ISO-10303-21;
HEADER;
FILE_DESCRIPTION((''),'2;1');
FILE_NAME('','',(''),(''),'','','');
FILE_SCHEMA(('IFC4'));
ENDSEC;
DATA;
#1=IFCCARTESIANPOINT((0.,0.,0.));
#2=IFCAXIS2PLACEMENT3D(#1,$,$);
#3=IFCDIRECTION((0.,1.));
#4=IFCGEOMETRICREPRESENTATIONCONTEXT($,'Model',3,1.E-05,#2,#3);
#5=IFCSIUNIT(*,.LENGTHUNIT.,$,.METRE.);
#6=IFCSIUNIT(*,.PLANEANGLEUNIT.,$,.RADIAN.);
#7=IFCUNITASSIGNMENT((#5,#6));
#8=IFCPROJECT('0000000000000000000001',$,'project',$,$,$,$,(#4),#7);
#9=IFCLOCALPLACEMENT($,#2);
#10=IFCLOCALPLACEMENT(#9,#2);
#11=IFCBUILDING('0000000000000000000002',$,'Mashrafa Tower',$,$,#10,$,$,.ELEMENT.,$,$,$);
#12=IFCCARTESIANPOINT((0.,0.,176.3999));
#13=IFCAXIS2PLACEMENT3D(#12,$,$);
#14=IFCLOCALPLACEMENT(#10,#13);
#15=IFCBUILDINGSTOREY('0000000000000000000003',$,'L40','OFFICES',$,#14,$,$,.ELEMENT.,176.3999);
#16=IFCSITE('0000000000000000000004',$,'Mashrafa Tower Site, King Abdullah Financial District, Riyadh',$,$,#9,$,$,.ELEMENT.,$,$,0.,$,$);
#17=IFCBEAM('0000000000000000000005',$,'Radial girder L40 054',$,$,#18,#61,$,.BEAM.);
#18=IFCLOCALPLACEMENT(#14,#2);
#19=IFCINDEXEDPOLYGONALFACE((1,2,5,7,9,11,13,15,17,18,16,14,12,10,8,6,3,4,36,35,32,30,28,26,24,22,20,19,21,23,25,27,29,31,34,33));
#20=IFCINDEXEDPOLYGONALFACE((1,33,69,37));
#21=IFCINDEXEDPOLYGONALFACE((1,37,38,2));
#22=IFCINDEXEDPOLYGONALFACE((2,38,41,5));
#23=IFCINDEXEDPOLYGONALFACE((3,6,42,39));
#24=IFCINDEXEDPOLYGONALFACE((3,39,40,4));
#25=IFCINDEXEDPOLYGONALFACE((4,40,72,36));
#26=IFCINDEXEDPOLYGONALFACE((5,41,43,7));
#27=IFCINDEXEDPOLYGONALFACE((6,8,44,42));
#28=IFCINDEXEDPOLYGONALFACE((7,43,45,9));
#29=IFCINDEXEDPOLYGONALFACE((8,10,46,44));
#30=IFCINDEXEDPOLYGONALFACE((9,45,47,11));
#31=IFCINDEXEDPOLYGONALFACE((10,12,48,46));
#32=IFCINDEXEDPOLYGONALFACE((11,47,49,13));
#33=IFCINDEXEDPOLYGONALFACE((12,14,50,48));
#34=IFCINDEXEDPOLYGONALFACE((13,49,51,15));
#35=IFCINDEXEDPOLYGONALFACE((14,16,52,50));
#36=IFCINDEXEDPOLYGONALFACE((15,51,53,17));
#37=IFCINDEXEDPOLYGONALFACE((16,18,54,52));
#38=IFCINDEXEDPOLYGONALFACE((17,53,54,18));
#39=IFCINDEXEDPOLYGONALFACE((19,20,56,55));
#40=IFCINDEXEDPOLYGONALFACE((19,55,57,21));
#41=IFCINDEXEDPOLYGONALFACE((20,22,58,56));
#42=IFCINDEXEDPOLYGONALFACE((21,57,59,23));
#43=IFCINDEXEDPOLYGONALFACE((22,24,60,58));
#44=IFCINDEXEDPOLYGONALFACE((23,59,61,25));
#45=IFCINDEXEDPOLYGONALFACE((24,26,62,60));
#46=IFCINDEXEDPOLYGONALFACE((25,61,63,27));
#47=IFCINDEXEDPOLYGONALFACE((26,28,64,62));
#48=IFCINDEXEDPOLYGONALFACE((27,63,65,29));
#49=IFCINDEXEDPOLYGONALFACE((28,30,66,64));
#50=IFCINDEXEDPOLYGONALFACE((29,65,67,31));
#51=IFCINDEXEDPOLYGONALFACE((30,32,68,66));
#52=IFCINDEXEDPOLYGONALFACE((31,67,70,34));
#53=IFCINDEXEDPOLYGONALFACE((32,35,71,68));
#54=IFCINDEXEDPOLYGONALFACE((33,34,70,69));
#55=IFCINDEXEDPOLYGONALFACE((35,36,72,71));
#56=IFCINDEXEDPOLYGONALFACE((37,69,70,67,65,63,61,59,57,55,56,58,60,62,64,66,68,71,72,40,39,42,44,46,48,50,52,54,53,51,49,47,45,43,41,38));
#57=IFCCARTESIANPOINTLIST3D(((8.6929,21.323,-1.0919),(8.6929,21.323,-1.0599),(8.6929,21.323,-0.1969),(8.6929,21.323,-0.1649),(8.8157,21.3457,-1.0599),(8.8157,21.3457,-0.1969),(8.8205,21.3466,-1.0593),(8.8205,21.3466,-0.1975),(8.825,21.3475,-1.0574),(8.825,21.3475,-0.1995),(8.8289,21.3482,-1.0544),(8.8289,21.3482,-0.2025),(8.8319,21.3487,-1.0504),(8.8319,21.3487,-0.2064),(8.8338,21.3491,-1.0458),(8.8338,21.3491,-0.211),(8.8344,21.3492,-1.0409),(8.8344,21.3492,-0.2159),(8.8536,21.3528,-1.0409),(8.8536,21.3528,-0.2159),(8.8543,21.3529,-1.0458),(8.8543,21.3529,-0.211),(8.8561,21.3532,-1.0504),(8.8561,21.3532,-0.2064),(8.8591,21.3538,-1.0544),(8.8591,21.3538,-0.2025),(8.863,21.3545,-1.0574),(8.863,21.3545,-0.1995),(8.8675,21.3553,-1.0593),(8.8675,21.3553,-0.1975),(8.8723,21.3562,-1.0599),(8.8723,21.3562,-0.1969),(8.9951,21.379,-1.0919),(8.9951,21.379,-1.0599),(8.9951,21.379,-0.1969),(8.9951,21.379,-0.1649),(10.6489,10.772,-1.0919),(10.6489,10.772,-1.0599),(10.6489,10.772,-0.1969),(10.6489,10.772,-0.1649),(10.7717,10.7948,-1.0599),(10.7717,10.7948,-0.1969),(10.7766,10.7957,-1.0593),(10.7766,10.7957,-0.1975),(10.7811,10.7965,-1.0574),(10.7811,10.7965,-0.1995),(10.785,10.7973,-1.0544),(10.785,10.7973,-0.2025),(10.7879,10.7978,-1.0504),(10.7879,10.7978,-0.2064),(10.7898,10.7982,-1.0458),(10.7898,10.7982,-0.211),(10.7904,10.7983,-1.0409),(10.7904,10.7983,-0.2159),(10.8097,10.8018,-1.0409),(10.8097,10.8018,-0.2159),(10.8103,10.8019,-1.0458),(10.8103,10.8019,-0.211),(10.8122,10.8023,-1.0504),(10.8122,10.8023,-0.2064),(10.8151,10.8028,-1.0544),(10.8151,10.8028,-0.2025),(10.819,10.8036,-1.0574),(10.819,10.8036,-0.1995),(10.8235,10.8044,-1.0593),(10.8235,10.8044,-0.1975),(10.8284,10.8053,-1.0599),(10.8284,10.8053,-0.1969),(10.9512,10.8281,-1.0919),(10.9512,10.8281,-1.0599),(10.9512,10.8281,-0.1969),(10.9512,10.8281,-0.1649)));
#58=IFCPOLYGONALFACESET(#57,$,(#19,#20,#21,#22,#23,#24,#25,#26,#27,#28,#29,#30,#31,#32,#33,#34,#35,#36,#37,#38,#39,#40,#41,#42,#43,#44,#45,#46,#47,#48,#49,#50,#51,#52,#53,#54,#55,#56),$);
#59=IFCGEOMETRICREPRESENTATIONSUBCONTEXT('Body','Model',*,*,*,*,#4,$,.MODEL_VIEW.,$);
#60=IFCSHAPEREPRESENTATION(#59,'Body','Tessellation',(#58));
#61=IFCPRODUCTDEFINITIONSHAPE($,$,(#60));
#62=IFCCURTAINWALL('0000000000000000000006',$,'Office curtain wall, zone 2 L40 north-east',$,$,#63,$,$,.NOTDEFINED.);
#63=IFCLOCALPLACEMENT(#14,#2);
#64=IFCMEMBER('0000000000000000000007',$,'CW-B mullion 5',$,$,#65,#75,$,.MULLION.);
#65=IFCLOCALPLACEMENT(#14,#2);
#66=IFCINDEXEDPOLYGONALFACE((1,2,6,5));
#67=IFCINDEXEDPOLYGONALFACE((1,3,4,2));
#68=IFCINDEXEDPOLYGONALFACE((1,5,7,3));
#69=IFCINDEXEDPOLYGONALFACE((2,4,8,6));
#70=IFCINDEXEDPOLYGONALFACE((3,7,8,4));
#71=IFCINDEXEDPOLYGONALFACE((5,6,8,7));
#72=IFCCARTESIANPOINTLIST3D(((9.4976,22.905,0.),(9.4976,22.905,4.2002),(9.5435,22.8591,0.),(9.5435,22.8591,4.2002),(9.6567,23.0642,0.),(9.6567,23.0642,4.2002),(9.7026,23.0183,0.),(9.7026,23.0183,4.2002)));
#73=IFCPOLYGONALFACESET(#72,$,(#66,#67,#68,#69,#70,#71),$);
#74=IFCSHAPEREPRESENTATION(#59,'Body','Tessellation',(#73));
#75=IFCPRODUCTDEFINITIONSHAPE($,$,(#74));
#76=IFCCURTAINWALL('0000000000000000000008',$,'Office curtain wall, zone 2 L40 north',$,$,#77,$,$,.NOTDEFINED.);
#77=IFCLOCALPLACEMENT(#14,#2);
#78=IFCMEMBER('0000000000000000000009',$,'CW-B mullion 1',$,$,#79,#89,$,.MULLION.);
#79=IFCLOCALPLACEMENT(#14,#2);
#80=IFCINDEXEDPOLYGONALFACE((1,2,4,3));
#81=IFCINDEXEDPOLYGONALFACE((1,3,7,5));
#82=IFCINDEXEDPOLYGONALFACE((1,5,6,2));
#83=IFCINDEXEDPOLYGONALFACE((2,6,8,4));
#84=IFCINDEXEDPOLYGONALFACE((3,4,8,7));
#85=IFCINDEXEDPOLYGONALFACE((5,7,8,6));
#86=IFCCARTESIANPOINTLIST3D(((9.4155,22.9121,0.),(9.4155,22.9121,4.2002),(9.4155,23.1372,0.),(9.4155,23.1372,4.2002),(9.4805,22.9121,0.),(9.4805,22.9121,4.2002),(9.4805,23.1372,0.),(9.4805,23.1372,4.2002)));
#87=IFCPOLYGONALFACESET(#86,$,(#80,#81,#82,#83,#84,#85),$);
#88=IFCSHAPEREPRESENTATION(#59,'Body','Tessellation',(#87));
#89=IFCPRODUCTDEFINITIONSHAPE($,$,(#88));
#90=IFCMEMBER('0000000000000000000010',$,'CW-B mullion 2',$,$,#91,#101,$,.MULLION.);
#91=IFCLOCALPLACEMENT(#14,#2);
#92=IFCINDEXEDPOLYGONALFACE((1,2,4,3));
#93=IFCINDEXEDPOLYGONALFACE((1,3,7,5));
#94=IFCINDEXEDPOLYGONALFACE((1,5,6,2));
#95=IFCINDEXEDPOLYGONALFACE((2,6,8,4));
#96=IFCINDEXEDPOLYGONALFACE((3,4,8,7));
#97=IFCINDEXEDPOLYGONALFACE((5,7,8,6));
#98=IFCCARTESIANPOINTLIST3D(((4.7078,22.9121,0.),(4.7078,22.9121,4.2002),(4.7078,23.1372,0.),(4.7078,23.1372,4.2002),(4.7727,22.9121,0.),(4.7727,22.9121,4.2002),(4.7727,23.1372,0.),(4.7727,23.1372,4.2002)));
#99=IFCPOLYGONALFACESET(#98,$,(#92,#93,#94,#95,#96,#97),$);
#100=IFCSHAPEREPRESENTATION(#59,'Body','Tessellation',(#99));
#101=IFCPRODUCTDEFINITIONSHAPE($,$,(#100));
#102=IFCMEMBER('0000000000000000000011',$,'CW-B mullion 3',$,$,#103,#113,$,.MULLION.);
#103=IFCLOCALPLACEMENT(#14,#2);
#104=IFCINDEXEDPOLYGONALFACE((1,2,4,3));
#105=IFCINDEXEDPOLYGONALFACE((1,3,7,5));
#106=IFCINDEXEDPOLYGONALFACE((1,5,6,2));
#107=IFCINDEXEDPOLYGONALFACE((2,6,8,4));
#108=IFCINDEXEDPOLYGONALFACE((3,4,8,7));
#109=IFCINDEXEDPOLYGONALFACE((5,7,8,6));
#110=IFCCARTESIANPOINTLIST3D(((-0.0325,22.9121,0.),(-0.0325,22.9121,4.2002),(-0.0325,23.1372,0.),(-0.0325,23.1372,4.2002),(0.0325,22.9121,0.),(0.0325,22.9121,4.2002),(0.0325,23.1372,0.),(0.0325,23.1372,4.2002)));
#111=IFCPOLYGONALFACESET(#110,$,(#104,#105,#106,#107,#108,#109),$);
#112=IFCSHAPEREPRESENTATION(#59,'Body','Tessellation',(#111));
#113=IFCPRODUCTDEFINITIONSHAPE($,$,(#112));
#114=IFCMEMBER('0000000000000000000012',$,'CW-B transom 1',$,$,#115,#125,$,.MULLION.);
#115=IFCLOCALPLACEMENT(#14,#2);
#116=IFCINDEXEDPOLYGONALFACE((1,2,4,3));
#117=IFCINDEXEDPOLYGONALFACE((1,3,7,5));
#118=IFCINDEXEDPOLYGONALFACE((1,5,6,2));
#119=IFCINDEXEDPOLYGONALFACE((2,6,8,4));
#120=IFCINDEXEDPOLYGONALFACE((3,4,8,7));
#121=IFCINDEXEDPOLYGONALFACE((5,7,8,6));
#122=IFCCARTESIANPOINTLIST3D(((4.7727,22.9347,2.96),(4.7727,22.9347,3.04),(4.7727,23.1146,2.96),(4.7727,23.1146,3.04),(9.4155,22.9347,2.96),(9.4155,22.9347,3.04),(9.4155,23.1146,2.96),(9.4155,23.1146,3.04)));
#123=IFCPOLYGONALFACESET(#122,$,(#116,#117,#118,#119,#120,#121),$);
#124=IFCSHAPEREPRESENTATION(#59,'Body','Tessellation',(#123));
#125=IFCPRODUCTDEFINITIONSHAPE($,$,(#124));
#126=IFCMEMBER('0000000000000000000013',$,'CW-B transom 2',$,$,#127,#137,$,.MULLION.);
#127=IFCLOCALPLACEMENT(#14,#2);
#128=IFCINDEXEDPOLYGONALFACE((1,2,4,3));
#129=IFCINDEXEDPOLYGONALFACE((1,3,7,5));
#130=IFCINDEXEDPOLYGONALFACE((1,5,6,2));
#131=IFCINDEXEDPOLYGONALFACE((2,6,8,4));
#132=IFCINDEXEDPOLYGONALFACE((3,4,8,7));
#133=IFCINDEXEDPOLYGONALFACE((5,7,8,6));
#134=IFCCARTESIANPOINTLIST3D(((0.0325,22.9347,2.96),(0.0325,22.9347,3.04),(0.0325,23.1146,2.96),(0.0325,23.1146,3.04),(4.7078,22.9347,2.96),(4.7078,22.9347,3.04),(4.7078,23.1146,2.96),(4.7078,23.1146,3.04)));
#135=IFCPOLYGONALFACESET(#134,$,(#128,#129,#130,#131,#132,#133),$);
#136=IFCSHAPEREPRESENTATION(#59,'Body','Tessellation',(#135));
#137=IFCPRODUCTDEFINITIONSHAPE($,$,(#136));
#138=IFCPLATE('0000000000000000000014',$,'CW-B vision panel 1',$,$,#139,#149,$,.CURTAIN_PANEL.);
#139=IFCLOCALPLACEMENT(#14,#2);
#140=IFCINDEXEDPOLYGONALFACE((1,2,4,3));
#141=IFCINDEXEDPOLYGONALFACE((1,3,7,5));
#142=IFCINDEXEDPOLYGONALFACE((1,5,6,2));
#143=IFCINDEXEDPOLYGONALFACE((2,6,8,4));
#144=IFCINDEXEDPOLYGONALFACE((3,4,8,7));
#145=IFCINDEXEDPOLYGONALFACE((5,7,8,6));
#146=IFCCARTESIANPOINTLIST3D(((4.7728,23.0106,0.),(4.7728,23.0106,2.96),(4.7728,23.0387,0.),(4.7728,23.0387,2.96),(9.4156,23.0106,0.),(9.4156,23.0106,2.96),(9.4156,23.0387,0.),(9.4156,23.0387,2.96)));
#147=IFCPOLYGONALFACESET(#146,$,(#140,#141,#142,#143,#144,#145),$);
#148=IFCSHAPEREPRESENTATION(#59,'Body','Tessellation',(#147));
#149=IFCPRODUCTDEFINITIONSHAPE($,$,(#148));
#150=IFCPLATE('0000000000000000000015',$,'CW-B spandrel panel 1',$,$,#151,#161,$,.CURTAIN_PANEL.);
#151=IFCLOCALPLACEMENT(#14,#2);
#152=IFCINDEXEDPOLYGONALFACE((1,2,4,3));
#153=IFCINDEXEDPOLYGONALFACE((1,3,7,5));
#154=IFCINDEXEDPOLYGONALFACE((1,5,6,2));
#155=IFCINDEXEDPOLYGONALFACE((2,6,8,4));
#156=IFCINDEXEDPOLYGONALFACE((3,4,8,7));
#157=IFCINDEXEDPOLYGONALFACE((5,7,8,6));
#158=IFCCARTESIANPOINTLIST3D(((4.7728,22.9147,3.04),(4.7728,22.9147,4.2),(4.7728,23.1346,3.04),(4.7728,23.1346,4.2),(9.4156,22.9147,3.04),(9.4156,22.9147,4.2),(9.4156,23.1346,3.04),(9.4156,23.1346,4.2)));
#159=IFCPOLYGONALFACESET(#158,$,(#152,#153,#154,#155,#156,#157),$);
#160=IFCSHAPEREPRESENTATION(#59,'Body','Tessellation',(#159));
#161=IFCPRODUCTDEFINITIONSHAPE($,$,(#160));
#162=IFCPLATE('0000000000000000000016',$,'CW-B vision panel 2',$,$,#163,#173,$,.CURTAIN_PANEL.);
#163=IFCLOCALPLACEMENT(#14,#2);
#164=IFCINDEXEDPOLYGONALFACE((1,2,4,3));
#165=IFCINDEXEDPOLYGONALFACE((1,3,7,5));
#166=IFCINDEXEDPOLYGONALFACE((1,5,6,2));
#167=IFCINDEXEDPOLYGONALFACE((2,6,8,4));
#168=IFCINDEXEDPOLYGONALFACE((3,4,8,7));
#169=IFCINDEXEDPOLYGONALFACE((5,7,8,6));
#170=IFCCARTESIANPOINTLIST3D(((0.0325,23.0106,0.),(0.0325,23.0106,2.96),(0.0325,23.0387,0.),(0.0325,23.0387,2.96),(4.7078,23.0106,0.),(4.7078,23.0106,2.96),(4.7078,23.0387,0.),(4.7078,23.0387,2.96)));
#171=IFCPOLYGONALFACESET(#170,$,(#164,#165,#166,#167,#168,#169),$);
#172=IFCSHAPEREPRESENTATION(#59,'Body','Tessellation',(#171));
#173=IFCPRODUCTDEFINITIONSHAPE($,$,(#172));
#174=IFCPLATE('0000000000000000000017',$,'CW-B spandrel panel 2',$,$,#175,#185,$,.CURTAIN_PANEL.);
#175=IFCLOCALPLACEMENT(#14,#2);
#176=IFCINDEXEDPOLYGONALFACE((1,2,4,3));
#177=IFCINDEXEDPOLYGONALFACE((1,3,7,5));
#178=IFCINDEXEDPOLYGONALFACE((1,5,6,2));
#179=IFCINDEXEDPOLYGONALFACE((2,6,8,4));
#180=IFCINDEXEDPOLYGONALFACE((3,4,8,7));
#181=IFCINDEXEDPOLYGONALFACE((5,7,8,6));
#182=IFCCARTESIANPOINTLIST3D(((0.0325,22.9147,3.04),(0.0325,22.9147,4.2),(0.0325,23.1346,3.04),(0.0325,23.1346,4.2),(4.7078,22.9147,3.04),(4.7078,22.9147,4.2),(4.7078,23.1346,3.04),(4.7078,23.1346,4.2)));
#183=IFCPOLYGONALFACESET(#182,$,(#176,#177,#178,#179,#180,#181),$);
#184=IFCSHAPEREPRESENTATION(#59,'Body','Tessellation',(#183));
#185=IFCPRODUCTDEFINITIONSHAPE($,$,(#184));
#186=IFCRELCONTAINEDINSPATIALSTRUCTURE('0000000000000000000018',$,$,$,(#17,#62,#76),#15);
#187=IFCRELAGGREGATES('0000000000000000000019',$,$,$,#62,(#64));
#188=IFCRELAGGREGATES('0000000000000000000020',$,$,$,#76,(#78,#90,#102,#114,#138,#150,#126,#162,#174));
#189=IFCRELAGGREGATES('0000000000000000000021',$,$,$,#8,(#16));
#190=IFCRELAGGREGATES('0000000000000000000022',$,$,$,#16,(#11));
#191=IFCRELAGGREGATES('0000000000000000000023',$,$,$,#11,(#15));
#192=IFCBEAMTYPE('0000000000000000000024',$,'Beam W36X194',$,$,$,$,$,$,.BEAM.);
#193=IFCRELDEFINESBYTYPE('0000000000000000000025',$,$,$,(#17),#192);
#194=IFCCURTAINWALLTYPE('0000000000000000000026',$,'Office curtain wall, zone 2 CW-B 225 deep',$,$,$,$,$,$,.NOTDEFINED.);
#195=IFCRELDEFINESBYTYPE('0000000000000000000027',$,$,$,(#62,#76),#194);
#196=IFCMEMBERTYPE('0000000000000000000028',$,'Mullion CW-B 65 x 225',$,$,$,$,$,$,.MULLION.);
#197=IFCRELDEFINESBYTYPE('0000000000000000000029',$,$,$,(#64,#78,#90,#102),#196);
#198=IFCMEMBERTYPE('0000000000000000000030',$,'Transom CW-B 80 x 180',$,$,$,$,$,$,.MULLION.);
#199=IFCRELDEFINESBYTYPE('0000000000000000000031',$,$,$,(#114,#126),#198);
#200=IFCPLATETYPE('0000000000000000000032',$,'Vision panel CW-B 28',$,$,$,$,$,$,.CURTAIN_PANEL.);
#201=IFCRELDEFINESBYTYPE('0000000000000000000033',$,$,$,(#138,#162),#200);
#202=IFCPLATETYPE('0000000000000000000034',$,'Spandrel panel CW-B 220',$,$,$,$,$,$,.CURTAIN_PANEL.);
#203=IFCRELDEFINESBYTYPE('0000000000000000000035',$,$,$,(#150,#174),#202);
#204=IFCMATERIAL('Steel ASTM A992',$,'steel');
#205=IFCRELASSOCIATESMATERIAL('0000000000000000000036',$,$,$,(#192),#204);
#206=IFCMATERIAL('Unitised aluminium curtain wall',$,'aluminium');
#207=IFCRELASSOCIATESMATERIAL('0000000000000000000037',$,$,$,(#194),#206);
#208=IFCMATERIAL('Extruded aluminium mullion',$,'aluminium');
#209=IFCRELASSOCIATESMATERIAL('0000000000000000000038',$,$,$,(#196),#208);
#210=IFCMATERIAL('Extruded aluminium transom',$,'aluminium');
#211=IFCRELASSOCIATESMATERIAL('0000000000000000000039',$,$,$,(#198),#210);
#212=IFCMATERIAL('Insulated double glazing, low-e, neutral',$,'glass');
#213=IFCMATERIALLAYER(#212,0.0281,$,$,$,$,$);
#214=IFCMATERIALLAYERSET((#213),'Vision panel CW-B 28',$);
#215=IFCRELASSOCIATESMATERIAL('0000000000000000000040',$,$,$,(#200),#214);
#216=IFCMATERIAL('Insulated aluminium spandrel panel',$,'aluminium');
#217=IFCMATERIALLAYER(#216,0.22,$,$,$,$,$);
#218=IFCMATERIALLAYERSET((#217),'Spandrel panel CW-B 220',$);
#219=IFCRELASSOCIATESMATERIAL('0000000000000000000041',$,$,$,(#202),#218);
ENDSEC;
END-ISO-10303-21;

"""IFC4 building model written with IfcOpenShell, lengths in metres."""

from ifc_helpers import new_model, si_unit, direction, frame, origin, origin_2d, place, context, subcontext, project, spatial, rectangle, i_section, extrude, source, transform, mapped, material, layer, layer_set, material_profile, profile_set, type_object, type_shapes, element, aggregate, save


model = new_model("IFC4")

# Units and contexts
model_context = context("Model", 3, precision=1e-05, world=origin(), true_north=direction((0.0, 1.0)))
body_context = subcontext(model_context, "Body", "Model", "MODEL_VIEW")
ifc_project = project(units=[si_unit("LENGTHUNIT", "METRE"), si_unit("PLANEANGLEUNIT", "RADIAN")], contexts=[model_context])

# Site, building, storey
site_placement = place(None, origin())
site = spatial("IfcSite", under=ifc_project, at=site_placement, Name="Mashrafa Tower Site, King Abdullah Financial District, Riyadh", CompositionType="ELEMENT", RefElevation=0.0)
building_placement = place(site_placement, origin())
building = spatial("IfcBuilding", under=site, at=building_placement, Name="Mashrafa Tower", CompositionType="ELEMENT")
storey_placement = place(building_placement, frame((0.0, 0.0, 176.3999)))
storey = spatial("IfcBuildingStorey", under=building, at=storey_placement, Name="L40", Description="OFFICES", CompositionType="ELEMENT", Elevation=176.3999)

# Beam
ifc_material_1 = material(Name="Steel ASTM A992", Category="steel")
ifc_material_profile_1 = material_profile(ifc_material_1, i_section(OverallWidth=0.3074, OverallDepth=0.927, WebThickness=0.0195, FlangeThickness=0.032, FilletRadius=0.019, at=origin_2d()), Name="W36X194")
ifc_profile_set_1 = profile_set([ifc_material_profile_1], Name="Steel ASTM A992")
beam_type_1 = type_object("IfcBeamType", Name="Beam W36X194", PredefinedType="BEAM", material=ifc_profile_set_1)
beam_1_placement = place(storey_placement, frame((10.8, 10.8, -0.6284), z_axis=(-0.182284, 0.983246, 0.0), x_axis=(-0.983246, -0.182284, 0.0)))
element("IfcBeam", 1, at=beam_1_placement, inside=storey, type_object=beam_type_1, Name="Radial girder L40 054", PredefinedType="BEAM", context=body_context, shape_type="SweptSolid", body=[
    extrude(i_section(OverallWidth=0.3074, OverallDepth=0.927, WebThickness=0.0195, FlangeThickness=0.032, FilletRadius=0.019, at=origin_2d()), origin(), (0.0, 0.0, 1.0), 10.7307),
])

# Curtain wall, member
ifc_material_2 = material(Name="Unitised aluminium curtain wall", Category="aluminium")
curtain_wall_type = type_object("IfcCurtainWallType", Name="Office curtain wall, zone 2 CW-B 225 deep", PredefinedType="NOTDEFINED", material=ifc_material_2)
curtain_wall_1_placement = place(storey_placement, origin())
curtain_wall_1 = element("IfcCurtainWall", 2, at=curtain_wall_1_placement, inside=storey, type_object=curtain_wall_type, Name="Office curtain wall, zone 2 L40 north-east", PredefinedType="NOTDEFINED")
ifc_material_3 = material(Name="Extruded aluminium mullion", Category="aluminium")
ifc_material_profile_2 = material_profile(ifc_material_3, rectangle(XDim=0.2251, YDim=0.0649, at=origin_2d()), Name="Mullion 65x225")
ifc_profile_set_2 = profile_set([ifc_material_profile_2], Name="Extruded aluminium mullion")
member_type_1 = type_object("IfcMemberType", Name="Mullion CW-B 65 x 225", PredefinedType="MULLION", material=ifc_profile_set_2)
shared_shape_1 = source(origin(), body_context, "Body", "SweptSolid", [
    extrude(rectangle(XDim=0.2251, YDim=0.0649, at=origin_2d()), origin(), (0.0, 0.0, 1.0), 4.2002),
])
type_shapes(member_type_1, [shared_shape_1])
member_1_placement = place(storey_placement, frame((9.6001, 22.9617, 0.0), z_axis=(0.0, 0.0, 1.0), x_axis=(-0.707107, -0.707107, 0.0)))
member_1 = element("IfcMember", 3, at=member_1_placement, type_object=member_type_1, Name="CW-B mullion 5", PredefinedType="MULLION", context=body_context, shape_type="MappedRepresentation", body=[
    mapped(shared_shape_1, transform((0.0, 0.0, 0.0))),
])
aggregate(curtain_wall_1, [member_1])

# Curtain wall, members, plates
curtain_wall_2_placement = place(storey_placement, origin())
curtain_wall_2 = element("IfcCurtainWall", 4, at=curtain_wall_2_placement, inside=storey, type_object=curtain_wall_type, Name="Office curtain wall, zone 2 L40 north", PredefinedType="NOTDEFINED")
member_2_placement = place(storey_placement, frame((9.448, 23.0247, 0.0), z_axis=(0.0, 0.0, 1.0), x_axis=(0.0, -1.0, 0.0)))
member_2 = element("IfcMember", 5, at=member_2_placement, type_object=member_type_1, Name="CW-B mullion 1", PredefinedType="MULLION", context=body_context, shape_type="MappedRepresentation", body=[
    mapped(shared_shape_1, transform((0.0, 0.0, 0.0))),
])
member_3_placement = place(storey_placement, frame((4.7402, 23.0247, 0.0), z_axis=(0.0, 0.0, 1.0), x_axis=(0.0, -1.0, 0.0)))
member_3 = element("IfcMember", 6, at=member_3_placement, type_object=member_type_1, Name="CW-B mullion 2", PredefinedType="MULLION", context=body_context, shape_type="MappedRepresentation", body=[
    mapped(shared_shape_1, transform((0.0, 0.0, 0.0))),
])
member_4_placement = place(storey_placement, frame((0.0, 23.0247, 0.0), z_axis=(0.0, 0.0, 1.0), x_axis=(0.0, -1.0, 0.0)))
member_4 = element("IfcMember", 7, at=member_4_placement, type_object=member_type_1, Name="CW-B mullion 3", PredefinedType="MULLION", context=body_context, shape_type="MappedRepresentation", body=[
    mapped(shared_shape_1, transform((0.0, 0.0, 0.0))),
])
ifc_material_4 = material(Name="Extruded aluminium transom", Category="aluminium")
ifc_material_profile_3 = material_profile(ifc_material_4, rectangle(XDim=0.1799, YDim=0.0801, at=origin_2d()), Name="Transom 80x180")
ifc_profile_set_3 = profile_set([ifc_material_profile_3], Name="Extruded aluminium transom")
member_type_2 = type_object("IfcMemberType", Name="Transom CW-B 80 x 180", PredefinedType="MULLION", material=ifc_profile_set_3)
shared_shape_2 = source(origin(), body_context, "Body", "SweptSolid", [
    extrude(rectangle(XDim=0.1799, YDim=0.0801, at=origin_2d()), origin(), (0.0, 0.0, 1.0), 4.6428),
])
member_5_placement = place(storey_placement, frame((9.4155, 23.0247, 3.0), z_axis=(-1.0, 0.0, 0.0), x_axis=(0.0, -1.0, 0.0)))
member_5 = element("IfcMember", 8, at=member_5_placement, type_object=member_type_2, Name="CW-B transom 1", PredefinedType="MULLION", context=body_context, shape_type="MappedRepresentation", body=[
    mapped(shared_shape_2, transform((0.0, 0.0, 0.0))),
])
shared_shape_3 = source(origin(), body_context, "Body", "SweptSolid", [
    extrude(rectangle(XDim=0.1799, YDim=0.0801, at=origin_2d()), origin(), (0.0, 0.0, 1.0), 4.6753),
])
type_shapes(member_type_2, [shared_shape_2, shared_shape_3])
member_6_placement = place(storey_placement, frame((4.7078, 23.0247, 3.0), z_axis=(-1.0, 0.0, 0.0), x_axis=(0.0, -1.0, 0.0)))
member_6 = element("IfcMember", 9, at=member_6_placement, type_object=member_type_2, Name="CW-B transom 2", PredefinedType="MULLION", context=body_context, shape_type="MappedRepresentation", body=[
    mapped(shared_shape_3, transform((0.0, 0.0, 0.0))),
])
ifc_material_5 = material(Name="Insulated double glazing, low-e, neutral", Category="glass")
ifc_layer_1 = layer(ifc_material_5, 0.0281)
ifc_layer_set_1 = layer_set([ifc_layer_1], Name="Vision panel CW-B 28")
plate_type_1 = type_object("IfcPlateType", Name="Vision panel CW-B 28", PredefinedType="CURTAIN_PANEL", material=ifc_layer_set_1)
shared_shape_4 = source(origin(), body_context, "Body", "SweptSolid", [
    extrude(rectangle(XDim=4.6428, YDim=0.0281, at=origin_2d()), origin(), (0.0, 0.0, 1.0), 2.96),
])
plate_1_placement = place(storey_placement, frame((7.0942, 23.0247, 0.0), z_axis=(0.0, 0.0, 1.0), x_axis=(-1.0, 0.0, 0.0)))
plate_1 = element("IfcPlate", 10, at=plate_1_placement, type_object=plate_type_1, Name="CW-B vision panel 1", PredefinedType="CURTAIN_PANEL", context=body_context, shape_type="MappedRepresentation", body=[
    mapped(shared_shape_4, transform((0.0, 0.0, 0.0))),
])
ifc_material_6 = material(Name="Insulated aluminium spandrel panel", Category="aluminium")
ifc_layer_2 = layer(ifc_material_6, 0.22)
ifc_layer_set_2 = layer_set([ifc_layer_2], Name="Spandrel panel CW-B 220")
plate_type_2 = type_object("IfcPlateType", Name="Spandrel panel CW-B 220", PredefinedType="CURTAIN_PANEL", material=ifc_layer_set_2)
shared_shape_5 = source(origin(), body_context, "Body", "SweptSolid", [
    extrude(rectangle(XDim=4.6428, YDim=0.22, at=origin_2d()), origin(), (0.0, 0.0, 1.0), 1.1599),
])
plate_2_placement = place(storey_placement, frame((7.0942, 23.0247, 3.04), z_axis=(0.0, 0.0, 1.0), x_axis=(-1.0, 0.0, 0.0)))
plate_2 = element("IfcPlate", 11, at=plate_2_placement, type_object=plate_type_2, Name="CW-B spandrel panel 1", PredefinedType="CURTAIN_PANEL", context=body_context, shape_type="MappedRepresentation", body=[
    mapped(shared_shape_5, transform((0.0, 0.0, 0.0))),
])
shared_shape_6 = source(origin(), body_context, "Body", "SweptSolid", [
    extrude(rectangle(XDim=4.6753, YDim=0.0281, at=origin_2d()), origin(), (0.0, 0.0, 1.0), 2.96),
])
type_shapes(plate_type_1, [shared_shape_4, shared_shape_6])
plate_3_placement = place(storey_placement, frame((2.3701, 23.0247, 0.0), z_axis=(0.0, 0.0, 1.0), x_axis=(-1.0, 0.0, 0.0)))
plate_3 = element("IfcPlate", 12, at=plate_3_placement, type_object=plate_type_1, Name="CW-B vision panel 2", PredefinedType="CURTAIN_PANEL", context=body_context, shape_type="MappedRepresentation", body=[
    mapped(shared_shape_6, transform((0.0, 0.0, 0.0))),
])
shared_shape_7 = source(origin(), body_context, "Body", "SweptSolid", [
    extrude(rectangle(XDim=4.6753, YDim=0.22, at=origin_2d()), origin(), (0.0, 0.0, 1.0), 1.1599),
])
type_shapes(plate_type_2, [shared_shape_5, shared_shape_7])
plate_4_placement = place(storey_placement, frame((2.3701, 23.0247, 3.04), z_axis=(0.0, 0.0, 1.0), x_axis=(-1.0, 0.0, 0.0)))
plate_4 = element("IfcPlate", 13, at=plate_4_placement, type_object=plate_type_2, Name="CW-B spandrel panel 2", PredefinedType="CURTAIN_PANEL", context=body_context, shape_type="MappedRepresentation", body=[
    mapped(shared_shape_7, transform((0.0, 0.0, 0.0))),
])
aggregate(curtain_wall_2, [member_2, member_3, member_4, member_5, plate_1, plate_2, member_6, plate_3, plate_4])

save(model, "model.ifc")
